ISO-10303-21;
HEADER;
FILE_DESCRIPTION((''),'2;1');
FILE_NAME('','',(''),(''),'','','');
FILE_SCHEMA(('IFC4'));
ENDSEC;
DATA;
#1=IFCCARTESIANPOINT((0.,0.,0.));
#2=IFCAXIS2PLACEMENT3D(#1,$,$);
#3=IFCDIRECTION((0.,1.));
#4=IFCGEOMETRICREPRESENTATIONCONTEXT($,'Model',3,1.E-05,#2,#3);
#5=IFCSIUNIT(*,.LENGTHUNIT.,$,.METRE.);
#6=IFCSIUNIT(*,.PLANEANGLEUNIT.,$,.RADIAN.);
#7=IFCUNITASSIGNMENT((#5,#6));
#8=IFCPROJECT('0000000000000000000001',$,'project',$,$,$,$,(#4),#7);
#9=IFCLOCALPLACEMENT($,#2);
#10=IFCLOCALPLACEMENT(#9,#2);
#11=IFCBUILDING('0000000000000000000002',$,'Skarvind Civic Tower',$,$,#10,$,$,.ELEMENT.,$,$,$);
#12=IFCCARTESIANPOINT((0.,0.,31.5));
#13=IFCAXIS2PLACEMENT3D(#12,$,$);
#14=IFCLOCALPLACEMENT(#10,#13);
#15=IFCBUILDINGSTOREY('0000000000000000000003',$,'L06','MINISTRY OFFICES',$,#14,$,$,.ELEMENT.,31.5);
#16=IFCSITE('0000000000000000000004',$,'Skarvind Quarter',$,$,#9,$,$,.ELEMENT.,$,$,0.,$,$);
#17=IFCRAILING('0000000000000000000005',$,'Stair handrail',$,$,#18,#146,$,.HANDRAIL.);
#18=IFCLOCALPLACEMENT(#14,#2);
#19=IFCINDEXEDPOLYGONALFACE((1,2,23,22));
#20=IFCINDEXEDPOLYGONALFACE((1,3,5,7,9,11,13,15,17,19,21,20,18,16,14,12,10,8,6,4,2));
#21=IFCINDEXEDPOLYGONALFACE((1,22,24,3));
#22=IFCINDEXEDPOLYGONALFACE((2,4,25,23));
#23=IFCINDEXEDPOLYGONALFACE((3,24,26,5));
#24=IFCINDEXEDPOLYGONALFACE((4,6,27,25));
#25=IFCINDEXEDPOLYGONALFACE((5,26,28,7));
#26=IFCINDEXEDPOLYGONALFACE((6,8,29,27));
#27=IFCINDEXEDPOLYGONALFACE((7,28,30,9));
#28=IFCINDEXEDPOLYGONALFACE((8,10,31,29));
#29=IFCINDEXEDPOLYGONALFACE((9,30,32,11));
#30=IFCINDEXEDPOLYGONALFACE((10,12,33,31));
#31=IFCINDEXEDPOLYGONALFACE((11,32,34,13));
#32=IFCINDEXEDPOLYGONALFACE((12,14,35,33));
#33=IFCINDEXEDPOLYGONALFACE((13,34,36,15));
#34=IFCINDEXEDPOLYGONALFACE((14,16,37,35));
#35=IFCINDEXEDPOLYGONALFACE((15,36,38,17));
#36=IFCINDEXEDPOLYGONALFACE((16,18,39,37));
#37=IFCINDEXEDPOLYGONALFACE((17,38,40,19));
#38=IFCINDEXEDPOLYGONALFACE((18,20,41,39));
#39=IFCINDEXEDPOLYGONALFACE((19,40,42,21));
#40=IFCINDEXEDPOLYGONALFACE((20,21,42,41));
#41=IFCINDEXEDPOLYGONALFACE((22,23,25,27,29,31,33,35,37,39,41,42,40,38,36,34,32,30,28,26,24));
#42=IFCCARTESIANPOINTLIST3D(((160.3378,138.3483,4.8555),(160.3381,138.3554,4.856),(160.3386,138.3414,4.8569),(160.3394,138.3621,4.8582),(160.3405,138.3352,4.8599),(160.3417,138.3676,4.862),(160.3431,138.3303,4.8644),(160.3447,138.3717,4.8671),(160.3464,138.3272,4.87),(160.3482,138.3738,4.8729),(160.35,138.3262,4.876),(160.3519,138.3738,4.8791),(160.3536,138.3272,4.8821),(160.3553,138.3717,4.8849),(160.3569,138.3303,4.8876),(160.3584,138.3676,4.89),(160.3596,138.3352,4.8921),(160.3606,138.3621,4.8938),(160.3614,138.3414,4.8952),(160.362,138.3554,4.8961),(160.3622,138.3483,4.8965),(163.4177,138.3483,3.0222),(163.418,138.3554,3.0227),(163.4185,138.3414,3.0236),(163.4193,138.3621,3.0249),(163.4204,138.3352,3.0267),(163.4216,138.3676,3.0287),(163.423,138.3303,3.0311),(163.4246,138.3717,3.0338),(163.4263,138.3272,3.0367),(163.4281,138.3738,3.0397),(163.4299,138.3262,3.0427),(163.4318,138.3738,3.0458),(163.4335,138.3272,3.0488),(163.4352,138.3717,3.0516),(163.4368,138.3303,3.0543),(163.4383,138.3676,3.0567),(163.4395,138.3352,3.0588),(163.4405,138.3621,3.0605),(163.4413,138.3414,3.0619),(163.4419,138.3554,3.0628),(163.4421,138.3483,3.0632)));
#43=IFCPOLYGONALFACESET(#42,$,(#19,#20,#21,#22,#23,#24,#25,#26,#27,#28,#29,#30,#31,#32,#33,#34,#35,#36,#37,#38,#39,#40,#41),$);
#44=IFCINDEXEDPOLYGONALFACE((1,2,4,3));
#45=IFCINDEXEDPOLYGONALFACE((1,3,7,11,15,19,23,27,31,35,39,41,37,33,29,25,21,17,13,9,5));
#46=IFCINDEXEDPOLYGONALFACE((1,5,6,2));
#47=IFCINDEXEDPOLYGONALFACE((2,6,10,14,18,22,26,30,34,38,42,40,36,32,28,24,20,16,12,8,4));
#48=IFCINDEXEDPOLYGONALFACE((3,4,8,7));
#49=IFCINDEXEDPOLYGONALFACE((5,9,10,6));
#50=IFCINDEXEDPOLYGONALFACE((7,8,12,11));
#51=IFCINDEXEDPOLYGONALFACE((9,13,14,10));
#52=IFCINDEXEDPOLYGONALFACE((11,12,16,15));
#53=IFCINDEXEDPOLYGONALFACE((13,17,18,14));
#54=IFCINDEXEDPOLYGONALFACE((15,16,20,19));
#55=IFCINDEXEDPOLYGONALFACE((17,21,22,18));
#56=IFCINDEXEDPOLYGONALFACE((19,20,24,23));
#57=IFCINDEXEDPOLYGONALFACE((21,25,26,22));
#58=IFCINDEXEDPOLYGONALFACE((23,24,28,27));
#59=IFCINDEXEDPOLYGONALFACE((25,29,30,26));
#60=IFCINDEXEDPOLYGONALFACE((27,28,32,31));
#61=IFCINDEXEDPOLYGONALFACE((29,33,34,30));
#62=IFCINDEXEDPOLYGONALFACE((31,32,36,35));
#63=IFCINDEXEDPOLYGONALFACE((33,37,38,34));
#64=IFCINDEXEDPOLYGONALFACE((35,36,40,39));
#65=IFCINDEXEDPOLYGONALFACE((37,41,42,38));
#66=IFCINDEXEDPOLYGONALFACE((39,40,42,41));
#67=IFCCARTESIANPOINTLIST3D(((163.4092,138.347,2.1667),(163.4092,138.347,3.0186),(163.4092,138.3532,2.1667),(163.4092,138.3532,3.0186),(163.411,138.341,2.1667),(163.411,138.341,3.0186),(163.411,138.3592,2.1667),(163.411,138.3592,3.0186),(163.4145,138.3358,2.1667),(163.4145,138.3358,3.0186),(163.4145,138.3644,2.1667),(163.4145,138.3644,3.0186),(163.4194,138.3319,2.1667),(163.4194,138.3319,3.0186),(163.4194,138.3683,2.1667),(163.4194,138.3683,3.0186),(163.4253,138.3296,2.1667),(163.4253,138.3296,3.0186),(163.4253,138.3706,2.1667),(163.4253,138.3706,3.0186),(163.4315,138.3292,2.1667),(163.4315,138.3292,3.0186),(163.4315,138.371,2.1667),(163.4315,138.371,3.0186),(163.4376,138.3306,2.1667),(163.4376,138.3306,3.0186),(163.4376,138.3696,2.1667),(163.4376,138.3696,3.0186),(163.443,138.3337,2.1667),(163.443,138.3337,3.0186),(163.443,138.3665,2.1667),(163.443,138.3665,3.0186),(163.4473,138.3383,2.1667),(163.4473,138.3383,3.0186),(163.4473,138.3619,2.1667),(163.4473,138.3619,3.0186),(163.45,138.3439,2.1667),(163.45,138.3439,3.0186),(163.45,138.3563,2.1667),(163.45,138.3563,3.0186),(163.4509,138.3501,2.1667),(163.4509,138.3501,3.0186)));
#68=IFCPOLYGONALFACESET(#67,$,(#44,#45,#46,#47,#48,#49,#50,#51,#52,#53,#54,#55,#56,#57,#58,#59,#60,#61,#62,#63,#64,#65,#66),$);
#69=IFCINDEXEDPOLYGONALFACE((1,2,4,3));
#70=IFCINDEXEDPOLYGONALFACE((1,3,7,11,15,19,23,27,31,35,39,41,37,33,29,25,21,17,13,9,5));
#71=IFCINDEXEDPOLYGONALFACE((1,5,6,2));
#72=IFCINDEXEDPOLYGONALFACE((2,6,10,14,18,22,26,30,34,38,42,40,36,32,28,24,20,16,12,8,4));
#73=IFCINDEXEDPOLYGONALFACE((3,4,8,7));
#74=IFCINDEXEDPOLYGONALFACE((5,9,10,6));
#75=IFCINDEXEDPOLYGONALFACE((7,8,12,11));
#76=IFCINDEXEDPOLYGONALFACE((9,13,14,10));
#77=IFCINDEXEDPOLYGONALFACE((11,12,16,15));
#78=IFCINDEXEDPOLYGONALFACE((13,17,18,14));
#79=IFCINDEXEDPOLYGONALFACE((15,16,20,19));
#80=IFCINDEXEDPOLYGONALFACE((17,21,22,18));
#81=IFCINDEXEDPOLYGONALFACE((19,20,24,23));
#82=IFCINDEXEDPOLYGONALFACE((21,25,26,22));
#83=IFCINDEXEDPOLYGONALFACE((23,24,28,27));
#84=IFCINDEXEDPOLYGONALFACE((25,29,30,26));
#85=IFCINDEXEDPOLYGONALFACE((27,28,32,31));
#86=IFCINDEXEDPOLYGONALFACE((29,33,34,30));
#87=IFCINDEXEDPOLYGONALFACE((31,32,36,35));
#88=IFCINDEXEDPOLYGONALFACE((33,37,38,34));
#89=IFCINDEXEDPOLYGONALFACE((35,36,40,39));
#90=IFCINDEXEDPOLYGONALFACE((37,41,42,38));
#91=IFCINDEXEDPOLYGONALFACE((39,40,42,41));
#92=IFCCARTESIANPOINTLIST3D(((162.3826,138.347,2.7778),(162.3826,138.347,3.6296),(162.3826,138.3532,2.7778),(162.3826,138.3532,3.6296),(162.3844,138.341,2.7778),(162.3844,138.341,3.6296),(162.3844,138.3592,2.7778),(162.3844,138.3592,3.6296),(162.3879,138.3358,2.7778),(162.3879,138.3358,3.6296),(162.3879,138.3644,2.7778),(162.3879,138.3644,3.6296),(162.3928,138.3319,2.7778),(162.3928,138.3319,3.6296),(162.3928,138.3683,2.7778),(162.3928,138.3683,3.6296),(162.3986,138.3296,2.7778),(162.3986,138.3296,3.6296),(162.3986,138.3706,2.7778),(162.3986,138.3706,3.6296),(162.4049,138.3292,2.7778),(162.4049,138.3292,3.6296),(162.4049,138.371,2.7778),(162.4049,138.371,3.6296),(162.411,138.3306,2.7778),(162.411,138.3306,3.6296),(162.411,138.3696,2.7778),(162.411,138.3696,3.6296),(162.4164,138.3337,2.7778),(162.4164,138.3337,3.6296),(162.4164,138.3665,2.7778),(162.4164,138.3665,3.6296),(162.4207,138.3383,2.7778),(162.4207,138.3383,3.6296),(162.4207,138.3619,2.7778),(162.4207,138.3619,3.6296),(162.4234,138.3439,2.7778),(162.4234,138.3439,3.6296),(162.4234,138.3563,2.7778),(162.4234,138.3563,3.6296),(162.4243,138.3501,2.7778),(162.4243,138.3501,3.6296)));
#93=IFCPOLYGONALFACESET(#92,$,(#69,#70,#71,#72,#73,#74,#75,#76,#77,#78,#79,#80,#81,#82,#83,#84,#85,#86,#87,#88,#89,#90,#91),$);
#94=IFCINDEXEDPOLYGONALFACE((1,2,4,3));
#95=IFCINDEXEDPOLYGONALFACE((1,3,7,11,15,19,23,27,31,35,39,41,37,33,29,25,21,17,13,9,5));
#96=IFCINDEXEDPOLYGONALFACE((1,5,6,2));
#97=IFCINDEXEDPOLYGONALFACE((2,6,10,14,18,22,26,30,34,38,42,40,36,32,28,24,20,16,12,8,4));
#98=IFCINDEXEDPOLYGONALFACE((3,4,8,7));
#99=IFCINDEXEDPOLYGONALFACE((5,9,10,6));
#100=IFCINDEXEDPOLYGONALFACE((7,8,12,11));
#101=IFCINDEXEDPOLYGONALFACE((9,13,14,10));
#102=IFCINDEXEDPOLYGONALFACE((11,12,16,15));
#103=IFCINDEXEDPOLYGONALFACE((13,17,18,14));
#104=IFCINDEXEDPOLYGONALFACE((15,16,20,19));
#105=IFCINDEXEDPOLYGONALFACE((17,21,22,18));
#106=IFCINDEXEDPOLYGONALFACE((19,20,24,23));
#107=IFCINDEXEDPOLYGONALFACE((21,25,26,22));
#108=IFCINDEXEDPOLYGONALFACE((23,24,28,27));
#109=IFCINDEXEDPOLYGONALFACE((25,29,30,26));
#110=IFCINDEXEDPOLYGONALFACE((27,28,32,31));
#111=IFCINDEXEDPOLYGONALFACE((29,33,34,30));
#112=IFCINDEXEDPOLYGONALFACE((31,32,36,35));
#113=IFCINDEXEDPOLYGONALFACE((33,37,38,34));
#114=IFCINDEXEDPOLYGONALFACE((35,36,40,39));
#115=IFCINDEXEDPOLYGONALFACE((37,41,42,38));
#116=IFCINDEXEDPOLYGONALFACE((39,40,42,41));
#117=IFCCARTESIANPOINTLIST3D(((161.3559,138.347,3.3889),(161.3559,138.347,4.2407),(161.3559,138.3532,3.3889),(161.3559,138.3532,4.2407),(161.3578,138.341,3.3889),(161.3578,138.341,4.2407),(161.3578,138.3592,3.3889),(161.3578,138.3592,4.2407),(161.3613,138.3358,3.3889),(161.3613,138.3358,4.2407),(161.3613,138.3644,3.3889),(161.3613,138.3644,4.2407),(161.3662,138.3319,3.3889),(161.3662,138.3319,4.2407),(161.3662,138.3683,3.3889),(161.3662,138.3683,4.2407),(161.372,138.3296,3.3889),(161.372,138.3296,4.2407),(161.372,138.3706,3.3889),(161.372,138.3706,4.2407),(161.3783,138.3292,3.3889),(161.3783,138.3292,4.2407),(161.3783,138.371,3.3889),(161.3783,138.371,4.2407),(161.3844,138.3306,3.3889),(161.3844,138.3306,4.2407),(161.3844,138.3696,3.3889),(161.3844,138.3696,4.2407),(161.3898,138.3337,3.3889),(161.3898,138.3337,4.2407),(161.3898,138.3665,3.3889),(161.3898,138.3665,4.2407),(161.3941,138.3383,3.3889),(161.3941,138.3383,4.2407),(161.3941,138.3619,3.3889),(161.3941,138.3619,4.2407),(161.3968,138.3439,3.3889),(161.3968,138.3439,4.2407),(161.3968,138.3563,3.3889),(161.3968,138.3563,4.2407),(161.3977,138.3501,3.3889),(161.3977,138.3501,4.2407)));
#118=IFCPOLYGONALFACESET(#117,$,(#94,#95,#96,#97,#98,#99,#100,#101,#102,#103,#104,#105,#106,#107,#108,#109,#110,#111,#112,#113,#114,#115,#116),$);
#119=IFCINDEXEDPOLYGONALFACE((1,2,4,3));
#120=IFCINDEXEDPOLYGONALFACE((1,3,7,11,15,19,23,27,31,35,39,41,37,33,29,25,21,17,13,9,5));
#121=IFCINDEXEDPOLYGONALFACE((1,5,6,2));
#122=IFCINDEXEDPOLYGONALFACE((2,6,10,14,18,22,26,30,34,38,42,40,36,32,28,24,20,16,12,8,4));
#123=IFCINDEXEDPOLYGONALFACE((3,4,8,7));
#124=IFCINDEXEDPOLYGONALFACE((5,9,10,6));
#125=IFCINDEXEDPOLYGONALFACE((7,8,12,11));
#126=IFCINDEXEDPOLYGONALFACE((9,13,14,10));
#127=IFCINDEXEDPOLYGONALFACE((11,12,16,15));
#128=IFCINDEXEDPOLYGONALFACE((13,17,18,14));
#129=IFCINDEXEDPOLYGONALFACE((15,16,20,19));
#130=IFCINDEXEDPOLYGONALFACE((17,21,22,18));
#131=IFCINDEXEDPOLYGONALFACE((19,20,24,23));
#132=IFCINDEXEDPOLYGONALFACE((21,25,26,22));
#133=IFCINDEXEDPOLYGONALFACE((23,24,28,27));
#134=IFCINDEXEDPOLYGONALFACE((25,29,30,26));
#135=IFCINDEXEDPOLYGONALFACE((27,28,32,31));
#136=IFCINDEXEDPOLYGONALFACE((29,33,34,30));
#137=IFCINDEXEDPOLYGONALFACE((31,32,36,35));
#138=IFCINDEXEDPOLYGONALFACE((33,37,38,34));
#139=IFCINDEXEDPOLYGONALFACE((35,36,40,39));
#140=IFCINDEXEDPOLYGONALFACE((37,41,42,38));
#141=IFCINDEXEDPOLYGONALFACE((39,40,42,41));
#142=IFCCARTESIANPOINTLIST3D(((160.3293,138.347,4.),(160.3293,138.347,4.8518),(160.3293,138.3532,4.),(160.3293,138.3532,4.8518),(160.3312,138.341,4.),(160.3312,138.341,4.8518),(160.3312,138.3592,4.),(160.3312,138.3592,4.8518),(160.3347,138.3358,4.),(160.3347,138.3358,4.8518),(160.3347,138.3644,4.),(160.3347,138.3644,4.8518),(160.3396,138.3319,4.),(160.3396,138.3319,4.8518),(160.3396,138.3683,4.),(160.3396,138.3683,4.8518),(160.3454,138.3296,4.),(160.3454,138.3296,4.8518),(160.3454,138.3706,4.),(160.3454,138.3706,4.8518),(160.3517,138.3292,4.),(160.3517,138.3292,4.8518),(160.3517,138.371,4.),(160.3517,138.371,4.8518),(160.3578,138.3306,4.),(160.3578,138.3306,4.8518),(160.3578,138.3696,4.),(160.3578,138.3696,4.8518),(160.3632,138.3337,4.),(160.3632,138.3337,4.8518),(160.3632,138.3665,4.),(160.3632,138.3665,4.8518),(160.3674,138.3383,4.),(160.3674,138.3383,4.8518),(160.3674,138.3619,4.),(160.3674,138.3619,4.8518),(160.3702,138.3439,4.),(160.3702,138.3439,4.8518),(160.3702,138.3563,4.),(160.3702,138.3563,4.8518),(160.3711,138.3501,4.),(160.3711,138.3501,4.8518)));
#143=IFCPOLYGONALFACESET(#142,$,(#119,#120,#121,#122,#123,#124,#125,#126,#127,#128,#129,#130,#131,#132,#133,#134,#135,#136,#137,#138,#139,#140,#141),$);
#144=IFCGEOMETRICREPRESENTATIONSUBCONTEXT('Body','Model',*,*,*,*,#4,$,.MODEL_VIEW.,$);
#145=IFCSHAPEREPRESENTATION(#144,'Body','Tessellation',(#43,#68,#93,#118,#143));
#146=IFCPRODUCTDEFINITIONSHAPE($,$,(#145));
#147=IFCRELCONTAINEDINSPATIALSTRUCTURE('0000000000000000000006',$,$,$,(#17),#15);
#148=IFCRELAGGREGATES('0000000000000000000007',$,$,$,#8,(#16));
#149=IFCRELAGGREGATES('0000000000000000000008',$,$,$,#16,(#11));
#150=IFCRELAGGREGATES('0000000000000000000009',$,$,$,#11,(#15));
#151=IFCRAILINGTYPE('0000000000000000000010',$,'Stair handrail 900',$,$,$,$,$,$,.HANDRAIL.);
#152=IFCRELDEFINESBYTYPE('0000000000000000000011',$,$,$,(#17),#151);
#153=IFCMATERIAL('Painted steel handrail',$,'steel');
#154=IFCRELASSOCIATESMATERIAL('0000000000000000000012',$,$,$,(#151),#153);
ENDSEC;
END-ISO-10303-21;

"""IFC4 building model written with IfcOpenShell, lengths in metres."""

from ifc_helpers import new_model, si_unit, direction, frame, origin, origin_2d, place, context, subcontext, project, spatial, circle, extrude, material, type_object, element, save


model = new_model("IFC4")

# Units and contexts
model_context = context("Model", 3, precision=1e-05, world=origin(), true_north=direction((0.0, 1.0)))
body_context = subcontext(model_context, "Body", "Model", "MODEL_VIEW")
ifc_project = project(units=[si_unit("LENGTHUNIT", "METRE"), si_unit("PLANEANGLEUNIT", "RADIAN")], contexts=[model_context])

# Site, building, storey
site_placement = place(None, origin())
site = spatial("IfcSite", under=ifc_project, at=site_placement, Name="Skarvind Quarter", CompositionType="ELEMENT", RefElevation=0.0)
building_placement = place(site_placement, origin())
building = spatial("IfcBuilding", under=site, at=building_placement, Name="Skarvind Civic Tower", CompositionType="ELEMENT")
storey_placement = place(building_placement, frame((0.0, 0.0, 31.5)))
storey = spatial("IfcBuildingStorey", under=building, at=storey_placement, Name="L06", Description="MINISTRY OFFICES", CompositionType="ELEMENT", Elevation=31.5)

# Railing
ifc_material_1 = material(Name="Painted steel handrail", Category="steel")
railing_type = type_object("IfcRailingType", Name="Stair handrail 900", PredefinedType="HANDRAIL", material=ifc_material_1)
railing_placement = place(storey_placement, frame((163.4299, 138.3501, 2.1667)))
element("IfcRailing", 1, at=railing_placement, inside=storey, type_object=railing_type, Name="Stair handrail", PredefinedType="HANDRAIL", context=body_context, shape_type="SweptSolid", body=[
    extrude(circle(Radius=0.0239, at=origin_2d()), frame((0.0, 0.0, 0.876), z_axis=(-0.859291, 0.0, 0.511487), x_axis=(0.0, -1.0, 0.0)), (0.0, 0.0, 1.0), 3.5842),
    extrude(circle(Radius=0.021, at=origin_2d()), origin(), (0.0, 0.0, 1.0), 0.8518),
    extrude(circle(Radius=0.021, at=origin_2d()), frame((-1.0266, 0.0, 0.6111)), (0.0, 0.0, 1.0), 0.8518),
    extrude(circle(Radius=0.021, at=origin_2d()), frame((-2.0532, 0.0, 1.2222)), (0.0, 0.0, 1.0), 0.8518),
    extrude(circle(Radius=0.021, at=origin_2d()), frame((-3.0798, 0.0, 1.8333)), (0.0, 0.0, 1.0), 0.8518),
])

save(model, "model.ifc")
